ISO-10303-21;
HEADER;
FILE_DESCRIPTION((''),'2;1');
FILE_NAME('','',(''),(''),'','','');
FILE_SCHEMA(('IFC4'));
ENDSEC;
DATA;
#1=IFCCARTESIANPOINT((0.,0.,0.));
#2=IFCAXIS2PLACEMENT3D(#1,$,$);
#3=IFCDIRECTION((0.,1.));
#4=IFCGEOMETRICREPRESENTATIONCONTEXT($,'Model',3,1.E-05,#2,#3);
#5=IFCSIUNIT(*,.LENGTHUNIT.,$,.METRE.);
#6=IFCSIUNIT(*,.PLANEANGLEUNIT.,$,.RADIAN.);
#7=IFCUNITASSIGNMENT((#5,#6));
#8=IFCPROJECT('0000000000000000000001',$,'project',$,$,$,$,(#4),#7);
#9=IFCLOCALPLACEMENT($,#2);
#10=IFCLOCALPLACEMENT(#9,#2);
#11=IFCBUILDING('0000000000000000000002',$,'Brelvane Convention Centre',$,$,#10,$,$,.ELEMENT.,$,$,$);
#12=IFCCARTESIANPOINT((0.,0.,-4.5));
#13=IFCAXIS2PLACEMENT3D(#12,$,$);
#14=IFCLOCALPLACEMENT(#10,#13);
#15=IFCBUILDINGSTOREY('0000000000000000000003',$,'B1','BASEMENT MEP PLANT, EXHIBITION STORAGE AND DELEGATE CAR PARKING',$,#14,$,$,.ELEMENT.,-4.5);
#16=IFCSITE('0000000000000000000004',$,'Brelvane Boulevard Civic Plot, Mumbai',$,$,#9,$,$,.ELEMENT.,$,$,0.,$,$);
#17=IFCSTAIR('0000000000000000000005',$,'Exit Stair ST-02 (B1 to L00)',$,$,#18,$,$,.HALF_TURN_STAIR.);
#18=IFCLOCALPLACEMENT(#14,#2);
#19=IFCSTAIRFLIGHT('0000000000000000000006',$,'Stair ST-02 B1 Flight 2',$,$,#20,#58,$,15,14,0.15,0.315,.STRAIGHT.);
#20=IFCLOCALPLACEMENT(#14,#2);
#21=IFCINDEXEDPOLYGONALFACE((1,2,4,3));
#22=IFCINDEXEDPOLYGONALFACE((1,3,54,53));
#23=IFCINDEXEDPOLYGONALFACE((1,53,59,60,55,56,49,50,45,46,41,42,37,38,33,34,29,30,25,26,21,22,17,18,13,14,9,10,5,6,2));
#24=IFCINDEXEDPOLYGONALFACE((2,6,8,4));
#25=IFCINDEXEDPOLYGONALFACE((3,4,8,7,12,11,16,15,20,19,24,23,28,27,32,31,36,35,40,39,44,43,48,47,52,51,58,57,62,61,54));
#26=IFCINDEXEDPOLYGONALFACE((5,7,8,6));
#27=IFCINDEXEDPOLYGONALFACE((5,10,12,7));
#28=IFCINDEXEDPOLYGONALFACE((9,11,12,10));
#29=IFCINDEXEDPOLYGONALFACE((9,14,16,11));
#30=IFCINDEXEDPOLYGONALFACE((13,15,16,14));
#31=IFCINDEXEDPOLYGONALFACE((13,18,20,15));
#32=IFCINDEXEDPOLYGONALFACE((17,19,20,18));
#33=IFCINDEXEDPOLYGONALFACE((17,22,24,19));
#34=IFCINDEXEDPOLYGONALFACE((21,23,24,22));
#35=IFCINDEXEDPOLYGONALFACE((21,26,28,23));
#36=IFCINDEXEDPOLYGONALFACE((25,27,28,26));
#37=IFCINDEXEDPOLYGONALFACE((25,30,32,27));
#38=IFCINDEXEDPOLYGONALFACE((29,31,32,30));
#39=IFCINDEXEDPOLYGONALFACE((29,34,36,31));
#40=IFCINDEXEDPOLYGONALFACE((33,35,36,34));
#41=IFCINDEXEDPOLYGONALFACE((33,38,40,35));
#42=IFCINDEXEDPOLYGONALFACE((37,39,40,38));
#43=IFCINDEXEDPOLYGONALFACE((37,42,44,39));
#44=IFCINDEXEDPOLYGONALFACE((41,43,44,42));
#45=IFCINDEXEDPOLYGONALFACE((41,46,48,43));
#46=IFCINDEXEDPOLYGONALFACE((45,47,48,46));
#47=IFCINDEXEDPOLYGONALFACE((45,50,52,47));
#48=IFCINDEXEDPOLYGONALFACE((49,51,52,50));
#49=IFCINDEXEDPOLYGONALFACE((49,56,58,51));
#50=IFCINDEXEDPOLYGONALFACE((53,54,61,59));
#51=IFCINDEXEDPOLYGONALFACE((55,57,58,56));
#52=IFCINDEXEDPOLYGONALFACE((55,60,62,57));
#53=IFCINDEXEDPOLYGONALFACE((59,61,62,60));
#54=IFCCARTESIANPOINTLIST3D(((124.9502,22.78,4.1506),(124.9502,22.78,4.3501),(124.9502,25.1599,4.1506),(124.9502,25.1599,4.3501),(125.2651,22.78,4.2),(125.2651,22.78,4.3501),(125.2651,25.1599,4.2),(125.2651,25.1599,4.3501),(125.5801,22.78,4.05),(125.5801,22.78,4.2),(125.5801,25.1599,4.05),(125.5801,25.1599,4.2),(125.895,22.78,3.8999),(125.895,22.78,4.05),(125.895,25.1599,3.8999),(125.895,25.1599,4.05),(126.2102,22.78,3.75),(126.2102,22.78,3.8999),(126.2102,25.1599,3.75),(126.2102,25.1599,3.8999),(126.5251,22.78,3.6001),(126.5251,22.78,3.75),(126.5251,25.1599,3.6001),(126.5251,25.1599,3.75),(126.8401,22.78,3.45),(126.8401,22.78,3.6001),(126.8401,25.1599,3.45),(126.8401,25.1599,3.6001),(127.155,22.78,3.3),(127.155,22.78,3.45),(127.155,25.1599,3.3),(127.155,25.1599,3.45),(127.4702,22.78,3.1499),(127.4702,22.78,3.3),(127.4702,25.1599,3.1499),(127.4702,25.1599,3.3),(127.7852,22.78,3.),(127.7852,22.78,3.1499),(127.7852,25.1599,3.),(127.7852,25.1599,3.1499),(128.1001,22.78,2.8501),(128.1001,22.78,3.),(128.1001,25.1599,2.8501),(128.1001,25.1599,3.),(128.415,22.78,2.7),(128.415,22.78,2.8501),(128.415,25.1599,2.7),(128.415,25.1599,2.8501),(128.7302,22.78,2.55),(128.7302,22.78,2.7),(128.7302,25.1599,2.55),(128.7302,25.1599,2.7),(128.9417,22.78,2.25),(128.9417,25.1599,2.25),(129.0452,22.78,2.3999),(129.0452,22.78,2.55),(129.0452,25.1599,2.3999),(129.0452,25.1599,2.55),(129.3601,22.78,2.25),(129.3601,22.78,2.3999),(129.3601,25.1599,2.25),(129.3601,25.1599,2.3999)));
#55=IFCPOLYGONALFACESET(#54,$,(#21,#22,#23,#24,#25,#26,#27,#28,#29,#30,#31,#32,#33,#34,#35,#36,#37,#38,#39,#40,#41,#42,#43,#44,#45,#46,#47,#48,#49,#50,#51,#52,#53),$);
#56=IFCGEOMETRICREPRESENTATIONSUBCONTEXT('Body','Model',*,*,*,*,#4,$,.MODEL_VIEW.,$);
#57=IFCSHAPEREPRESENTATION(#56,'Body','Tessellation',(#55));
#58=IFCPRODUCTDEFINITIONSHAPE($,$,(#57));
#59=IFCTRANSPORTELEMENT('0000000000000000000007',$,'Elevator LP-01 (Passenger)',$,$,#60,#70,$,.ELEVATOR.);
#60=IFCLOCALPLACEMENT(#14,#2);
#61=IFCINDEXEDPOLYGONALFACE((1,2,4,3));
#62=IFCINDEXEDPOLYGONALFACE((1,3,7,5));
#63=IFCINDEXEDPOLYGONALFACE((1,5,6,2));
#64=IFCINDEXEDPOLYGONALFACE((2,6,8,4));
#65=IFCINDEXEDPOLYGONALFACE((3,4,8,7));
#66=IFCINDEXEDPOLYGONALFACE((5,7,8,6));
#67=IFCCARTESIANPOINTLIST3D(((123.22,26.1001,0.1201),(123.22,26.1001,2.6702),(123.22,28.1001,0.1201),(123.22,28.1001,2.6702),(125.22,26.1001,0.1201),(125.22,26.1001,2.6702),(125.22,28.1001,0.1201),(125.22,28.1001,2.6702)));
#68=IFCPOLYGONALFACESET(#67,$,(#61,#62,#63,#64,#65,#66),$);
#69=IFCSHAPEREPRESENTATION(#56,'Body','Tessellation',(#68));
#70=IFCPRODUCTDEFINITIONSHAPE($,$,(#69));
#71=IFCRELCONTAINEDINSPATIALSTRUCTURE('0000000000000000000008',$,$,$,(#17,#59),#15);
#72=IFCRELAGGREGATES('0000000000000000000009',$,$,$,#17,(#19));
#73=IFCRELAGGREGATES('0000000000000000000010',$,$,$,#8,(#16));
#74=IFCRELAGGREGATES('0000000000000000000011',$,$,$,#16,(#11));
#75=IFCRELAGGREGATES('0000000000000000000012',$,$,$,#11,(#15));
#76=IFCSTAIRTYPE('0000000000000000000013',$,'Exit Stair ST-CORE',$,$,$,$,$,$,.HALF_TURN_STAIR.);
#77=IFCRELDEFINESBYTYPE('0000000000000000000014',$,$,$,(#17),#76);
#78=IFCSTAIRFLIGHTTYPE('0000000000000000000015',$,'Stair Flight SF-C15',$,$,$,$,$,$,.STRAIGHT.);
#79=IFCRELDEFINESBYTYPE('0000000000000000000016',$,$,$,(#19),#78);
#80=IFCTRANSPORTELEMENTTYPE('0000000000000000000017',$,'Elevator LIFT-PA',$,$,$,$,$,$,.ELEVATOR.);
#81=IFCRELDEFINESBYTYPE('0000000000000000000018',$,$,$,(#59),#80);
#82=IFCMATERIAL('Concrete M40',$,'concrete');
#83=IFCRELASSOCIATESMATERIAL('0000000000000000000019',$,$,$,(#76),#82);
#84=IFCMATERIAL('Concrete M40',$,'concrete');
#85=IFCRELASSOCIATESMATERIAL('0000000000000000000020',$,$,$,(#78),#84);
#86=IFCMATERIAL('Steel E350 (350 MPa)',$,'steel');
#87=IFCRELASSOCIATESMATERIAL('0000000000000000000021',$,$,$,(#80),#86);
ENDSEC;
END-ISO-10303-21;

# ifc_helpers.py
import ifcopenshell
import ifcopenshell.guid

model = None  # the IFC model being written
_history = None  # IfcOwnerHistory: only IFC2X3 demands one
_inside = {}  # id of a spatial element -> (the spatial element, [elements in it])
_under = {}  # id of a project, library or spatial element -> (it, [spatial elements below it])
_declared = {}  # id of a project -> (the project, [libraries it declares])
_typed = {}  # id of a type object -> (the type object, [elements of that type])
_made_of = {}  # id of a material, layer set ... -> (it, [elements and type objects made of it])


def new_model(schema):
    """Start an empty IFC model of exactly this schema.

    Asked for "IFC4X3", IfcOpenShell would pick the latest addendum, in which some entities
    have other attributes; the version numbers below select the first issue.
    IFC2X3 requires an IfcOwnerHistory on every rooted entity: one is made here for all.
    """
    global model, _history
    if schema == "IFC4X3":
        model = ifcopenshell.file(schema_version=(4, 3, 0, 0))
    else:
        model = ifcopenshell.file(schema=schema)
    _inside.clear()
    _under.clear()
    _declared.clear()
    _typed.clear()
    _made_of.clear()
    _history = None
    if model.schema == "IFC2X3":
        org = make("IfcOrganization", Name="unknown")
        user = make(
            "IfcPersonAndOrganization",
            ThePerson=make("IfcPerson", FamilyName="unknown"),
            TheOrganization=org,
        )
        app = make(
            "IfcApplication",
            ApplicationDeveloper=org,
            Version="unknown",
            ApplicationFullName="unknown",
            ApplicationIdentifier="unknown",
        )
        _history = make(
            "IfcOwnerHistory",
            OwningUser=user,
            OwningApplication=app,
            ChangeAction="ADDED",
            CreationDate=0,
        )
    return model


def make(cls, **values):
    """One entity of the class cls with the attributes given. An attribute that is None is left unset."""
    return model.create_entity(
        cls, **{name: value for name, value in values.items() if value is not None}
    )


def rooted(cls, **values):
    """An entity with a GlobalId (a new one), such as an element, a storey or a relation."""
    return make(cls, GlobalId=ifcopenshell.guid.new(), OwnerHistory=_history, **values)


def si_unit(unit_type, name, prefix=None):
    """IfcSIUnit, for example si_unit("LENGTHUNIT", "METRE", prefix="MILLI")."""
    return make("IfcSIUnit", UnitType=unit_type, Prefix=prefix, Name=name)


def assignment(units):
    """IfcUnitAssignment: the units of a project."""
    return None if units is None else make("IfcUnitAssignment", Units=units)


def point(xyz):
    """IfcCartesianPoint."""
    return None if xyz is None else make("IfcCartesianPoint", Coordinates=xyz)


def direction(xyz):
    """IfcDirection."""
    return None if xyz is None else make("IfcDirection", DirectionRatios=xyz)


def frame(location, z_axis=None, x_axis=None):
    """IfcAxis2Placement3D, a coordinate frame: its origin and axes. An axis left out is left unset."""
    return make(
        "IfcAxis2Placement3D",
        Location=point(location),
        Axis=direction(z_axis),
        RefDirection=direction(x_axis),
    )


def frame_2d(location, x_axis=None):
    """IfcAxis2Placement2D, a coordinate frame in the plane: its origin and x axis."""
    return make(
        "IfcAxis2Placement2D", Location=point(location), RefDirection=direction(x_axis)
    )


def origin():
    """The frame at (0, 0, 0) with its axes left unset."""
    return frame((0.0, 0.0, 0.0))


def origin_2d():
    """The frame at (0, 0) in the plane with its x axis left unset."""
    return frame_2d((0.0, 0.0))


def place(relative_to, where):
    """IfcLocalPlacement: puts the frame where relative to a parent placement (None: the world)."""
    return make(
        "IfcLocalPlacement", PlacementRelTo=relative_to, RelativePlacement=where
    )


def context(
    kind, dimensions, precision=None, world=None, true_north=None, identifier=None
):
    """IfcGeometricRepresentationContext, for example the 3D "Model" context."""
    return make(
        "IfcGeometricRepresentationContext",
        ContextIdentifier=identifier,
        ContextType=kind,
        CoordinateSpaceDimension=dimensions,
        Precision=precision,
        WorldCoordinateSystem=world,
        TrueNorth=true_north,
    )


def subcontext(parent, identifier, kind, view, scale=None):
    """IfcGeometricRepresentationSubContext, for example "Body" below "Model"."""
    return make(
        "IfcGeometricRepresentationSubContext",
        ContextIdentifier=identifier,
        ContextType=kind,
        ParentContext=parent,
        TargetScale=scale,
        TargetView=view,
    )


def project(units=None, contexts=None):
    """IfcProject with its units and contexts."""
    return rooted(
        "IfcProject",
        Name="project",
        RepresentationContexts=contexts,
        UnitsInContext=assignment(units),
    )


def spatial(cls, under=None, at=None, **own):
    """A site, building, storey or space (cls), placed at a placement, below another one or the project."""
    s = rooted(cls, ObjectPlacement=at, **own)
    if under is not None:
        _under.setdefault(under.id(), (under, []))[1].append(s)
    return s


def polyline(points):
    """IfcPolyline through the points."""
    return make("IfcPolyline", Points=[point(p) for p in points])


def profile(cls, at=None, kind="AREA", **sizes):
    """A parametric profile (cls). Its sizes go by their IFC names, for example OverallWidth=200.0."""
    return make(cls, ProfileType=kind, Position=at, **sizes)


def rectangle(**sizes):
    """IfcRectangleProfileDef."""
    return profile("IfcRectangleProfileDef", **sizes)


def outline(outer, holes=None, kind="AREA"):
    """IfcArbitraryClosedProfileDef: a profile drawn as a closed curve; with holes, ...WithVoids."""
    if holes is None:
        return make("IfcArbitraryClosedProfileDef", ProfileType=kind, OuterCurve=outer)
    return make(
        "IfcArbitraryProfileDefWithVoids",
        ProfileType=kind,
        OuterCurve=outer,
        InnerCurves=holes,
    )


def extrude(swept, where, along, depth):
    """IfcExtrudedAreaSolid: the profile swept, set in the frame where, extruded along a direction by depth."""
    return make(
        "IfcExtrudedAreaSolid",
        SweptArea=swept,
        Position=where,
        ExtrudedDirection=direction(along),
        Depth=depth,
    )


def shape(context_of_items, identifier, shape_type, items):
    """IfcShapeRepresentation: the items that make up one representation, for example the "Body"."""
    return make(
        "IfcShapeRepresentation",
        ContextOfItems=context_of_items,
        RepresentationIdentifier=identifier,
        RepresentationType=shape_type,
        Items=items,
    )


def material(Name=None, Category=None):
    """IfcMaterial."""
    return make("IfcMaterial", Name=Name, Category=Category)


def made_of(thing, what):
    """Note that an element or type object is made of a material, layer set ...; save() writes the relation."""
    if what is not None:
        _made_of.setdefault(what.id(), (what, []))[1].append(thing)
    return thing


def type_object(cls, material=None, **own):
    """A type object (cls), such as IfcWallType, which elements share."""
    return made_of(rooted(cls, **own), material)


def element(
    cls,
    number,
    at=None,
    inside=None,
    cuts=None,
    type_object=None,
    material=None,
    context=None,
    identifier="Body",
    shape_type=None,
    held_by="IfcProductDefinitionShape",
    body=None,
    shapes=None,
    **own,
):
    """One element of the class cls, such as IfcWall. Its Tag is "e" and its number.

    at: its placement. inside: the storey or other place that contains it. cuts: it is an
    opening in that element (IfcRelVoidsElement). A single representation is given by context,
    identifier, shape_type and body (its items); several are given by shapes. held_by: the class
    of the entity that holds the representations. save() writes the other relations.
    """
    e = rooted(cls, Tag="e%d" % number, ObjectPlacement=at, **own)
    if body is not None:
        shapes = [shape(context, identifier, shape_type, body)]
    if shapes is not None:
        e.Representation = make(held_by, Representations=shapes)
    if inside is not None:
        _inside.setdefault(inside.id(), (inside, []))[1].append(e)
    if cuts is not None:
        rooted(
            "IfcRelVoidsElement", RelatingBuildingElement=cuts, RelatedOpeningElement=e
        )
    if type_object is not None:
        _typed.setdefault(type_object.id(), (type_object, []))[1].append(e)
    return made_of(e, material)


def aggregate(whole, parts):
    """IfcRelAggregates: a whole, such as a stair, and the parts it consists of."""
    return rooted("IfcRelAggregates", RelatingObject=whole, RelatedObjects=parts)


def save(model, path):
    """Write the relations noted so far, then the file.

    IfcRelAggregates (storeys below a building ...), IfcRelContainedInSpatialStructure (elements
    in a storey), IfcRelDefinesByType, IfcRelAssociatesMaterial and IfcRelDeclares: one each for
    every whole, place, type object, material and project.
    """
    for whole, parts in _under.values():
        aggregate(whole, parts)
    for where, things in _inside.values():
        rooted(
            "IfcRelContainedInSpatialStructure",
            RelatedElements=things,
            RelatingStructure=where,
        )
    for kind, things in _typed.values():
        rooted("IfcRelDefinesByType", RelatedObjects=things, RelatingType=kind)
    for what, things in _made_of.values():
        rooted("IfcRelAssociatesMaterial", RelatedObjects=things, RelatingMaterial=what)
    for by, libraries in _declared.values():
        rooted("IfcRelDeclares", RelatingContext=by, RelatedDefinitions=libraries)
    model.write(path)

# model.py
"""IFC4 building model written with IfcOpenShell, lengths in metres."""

from ifc_helpers import new_model, si_unit, direction, frame, origin, origin_2d, place, context, subcontext, project, spatial, polyline, rectangle, outline, extrude, material, type_object, element, aggregate, save


model = new_model("IFC4")

# Units and contexts
model_context = context("Model", 3, precision=1e-05, world=origin(), true_north=direction((0.0, 1.0)))
body_context = subcontext(model_context, "Body", "Model", "MODEL_VIEW")
ifc_project = project(units=[si_unit("LENGTHUNIT", "METRE"), si_unit("PLANEANGLEUNIT", "RADIAN")], contexts=[model_context])

# Site, building, storey
site_placement = place(None, origin())
site = spatial("IfcSite", under=ifc_project, at=site_placement, Name="Brelvane Boulevard Civic Plot, Mumbai", CompositionType="ELEMENT", RefElevation=0.0)
building_placement = place(site_placement, origin())
building = spatial("IfcBuilding", under=site, at=building_placement, Name="Brelvane Convention Centre", CompositionType="ELEMENT")
storey_placement = place(building_placement, frame((0.0, 0.0, -4.5)))
storey = spatial("IfcBuildingStorey", under=building, at=storey_placement, Name="B1", Description="BASEMENT MEP PLANT, EXHIBITION STORAGE AND DELEGATE CAR PARKING", CompositionType="ELEMENT", Elevation=-4.5)

# Stair, stair flight
ifc_material_1 = material(Name="Concrete M40", Category="concrete")
stair_type = type_object("IfcStairType", Name="Exit Stair ST-CORE", PredefinedType="HALF_TURN_STAIR", material=ifc_material_1)
stair_placement = place(storey_placement, origin())
stair = element("IfcStair", 1, at=stair_placement, inside=storey, type_object=stair_type, Name="Exit Stair ST-02 (B1 to L00)", PredefinedType="HALF_TURN_STAIR")
ifc_material_2 = material(Name="Concrete M40", Category="concrete")
stair_flight_type = type_object("IfcStairFlightType", Name="Stair Flight SF-C15", PredefinedType="STRAIGHT", material=ifc_material_2)
stair_flight_1_placement = place(storey_placement, frame((129.3601, 23.97, 2.25), z_axis=(0.0, 0.0, 1.0), x_axis=(-1.0, 0.0, 0.0)))
stair_flight_1 = element("IfcStairFlight", 2, at=stair_flight_1_placement, type_object=stair_flight_type, Name="Stair ST-02 B1 Flight 2", NumberOfRisers=15, NumberOfTreads=14, PredefinedType="STRAIGHT", RiserHeight=0.15, TreadLength=0.315, context=body_context, shape_type="SweptSolid", body=[
    extrude(outline(polyline([(0.0, 0.0), (0.0, 0.1499), (0.3149, 0.1499), (0.3149, 0.3), (0.6299, 0.3), (0.6299, 0.45), (0.9451, 0.45), (0.9451, 0.6001), (1.26, 0.6001), (1.26, 0.75), (1.575, 0.75), (1.575, 0.8999), (1.8899, 0.8999), (1.8899, 1.05), (2.2051, 1.05), (2.2051, 1.2), (2.52, 1.2), (2.52, 1.3501), (2.835, 1.3501), (2.835, 1.5), (3.1499, 1.5), (3.1499, 1.6499), (3.4651, 1.6499), (3.4651, 1.8), (3.78, 1.8), (3.78, 1.95), (4.095, 1.95), (4.095, 2.1001), (4.4099, 2.1001), (4.4099, 2.25), (4.4099, 1.9006), (0.4185, 0.0), (0.0, 0.0)])), frame((0.0, 1.1899, 0.0), z_axis=(0.0, -1.0, 0.0), x_axis=(1.0, 0.0, 0.0)), (0.0, 0.0, 1.0), 2.3799),
])
aggregate(stair, [stair_flight_1])

# Transport element
ifc_material_3 = material(Name="Steel E350 (350 MPa)", Category="steel")
transport_element_type = type_object("IfcTransportElementType", Name="Elevator LIFT-PA", PredefinedType="ELEVATOR", material=ifc_material_3)
transport_element_placement = place(storey_placement, frame((124.22, 27.1001, 0.1201), z_axis=(0.0, 0.0, 1.0), x_axis=(1.0, 0.0, 0.0)))
element("IfcTransportElement", 3, at=transport_element_placement, inside=storey, type_object=transport_element_type, Name="Elevator LP-01 (Passenger)", PredefinedType="ELEVATOR", context=body_context, shape_type="SweptSolid", body=[
    extrude(rectangle(XDim=2.0, YDim=2.0, at=origin_2d()), origin(), (0.0, 0.0, 1.0), 2.55),
])

save(model, "model.ifc")
